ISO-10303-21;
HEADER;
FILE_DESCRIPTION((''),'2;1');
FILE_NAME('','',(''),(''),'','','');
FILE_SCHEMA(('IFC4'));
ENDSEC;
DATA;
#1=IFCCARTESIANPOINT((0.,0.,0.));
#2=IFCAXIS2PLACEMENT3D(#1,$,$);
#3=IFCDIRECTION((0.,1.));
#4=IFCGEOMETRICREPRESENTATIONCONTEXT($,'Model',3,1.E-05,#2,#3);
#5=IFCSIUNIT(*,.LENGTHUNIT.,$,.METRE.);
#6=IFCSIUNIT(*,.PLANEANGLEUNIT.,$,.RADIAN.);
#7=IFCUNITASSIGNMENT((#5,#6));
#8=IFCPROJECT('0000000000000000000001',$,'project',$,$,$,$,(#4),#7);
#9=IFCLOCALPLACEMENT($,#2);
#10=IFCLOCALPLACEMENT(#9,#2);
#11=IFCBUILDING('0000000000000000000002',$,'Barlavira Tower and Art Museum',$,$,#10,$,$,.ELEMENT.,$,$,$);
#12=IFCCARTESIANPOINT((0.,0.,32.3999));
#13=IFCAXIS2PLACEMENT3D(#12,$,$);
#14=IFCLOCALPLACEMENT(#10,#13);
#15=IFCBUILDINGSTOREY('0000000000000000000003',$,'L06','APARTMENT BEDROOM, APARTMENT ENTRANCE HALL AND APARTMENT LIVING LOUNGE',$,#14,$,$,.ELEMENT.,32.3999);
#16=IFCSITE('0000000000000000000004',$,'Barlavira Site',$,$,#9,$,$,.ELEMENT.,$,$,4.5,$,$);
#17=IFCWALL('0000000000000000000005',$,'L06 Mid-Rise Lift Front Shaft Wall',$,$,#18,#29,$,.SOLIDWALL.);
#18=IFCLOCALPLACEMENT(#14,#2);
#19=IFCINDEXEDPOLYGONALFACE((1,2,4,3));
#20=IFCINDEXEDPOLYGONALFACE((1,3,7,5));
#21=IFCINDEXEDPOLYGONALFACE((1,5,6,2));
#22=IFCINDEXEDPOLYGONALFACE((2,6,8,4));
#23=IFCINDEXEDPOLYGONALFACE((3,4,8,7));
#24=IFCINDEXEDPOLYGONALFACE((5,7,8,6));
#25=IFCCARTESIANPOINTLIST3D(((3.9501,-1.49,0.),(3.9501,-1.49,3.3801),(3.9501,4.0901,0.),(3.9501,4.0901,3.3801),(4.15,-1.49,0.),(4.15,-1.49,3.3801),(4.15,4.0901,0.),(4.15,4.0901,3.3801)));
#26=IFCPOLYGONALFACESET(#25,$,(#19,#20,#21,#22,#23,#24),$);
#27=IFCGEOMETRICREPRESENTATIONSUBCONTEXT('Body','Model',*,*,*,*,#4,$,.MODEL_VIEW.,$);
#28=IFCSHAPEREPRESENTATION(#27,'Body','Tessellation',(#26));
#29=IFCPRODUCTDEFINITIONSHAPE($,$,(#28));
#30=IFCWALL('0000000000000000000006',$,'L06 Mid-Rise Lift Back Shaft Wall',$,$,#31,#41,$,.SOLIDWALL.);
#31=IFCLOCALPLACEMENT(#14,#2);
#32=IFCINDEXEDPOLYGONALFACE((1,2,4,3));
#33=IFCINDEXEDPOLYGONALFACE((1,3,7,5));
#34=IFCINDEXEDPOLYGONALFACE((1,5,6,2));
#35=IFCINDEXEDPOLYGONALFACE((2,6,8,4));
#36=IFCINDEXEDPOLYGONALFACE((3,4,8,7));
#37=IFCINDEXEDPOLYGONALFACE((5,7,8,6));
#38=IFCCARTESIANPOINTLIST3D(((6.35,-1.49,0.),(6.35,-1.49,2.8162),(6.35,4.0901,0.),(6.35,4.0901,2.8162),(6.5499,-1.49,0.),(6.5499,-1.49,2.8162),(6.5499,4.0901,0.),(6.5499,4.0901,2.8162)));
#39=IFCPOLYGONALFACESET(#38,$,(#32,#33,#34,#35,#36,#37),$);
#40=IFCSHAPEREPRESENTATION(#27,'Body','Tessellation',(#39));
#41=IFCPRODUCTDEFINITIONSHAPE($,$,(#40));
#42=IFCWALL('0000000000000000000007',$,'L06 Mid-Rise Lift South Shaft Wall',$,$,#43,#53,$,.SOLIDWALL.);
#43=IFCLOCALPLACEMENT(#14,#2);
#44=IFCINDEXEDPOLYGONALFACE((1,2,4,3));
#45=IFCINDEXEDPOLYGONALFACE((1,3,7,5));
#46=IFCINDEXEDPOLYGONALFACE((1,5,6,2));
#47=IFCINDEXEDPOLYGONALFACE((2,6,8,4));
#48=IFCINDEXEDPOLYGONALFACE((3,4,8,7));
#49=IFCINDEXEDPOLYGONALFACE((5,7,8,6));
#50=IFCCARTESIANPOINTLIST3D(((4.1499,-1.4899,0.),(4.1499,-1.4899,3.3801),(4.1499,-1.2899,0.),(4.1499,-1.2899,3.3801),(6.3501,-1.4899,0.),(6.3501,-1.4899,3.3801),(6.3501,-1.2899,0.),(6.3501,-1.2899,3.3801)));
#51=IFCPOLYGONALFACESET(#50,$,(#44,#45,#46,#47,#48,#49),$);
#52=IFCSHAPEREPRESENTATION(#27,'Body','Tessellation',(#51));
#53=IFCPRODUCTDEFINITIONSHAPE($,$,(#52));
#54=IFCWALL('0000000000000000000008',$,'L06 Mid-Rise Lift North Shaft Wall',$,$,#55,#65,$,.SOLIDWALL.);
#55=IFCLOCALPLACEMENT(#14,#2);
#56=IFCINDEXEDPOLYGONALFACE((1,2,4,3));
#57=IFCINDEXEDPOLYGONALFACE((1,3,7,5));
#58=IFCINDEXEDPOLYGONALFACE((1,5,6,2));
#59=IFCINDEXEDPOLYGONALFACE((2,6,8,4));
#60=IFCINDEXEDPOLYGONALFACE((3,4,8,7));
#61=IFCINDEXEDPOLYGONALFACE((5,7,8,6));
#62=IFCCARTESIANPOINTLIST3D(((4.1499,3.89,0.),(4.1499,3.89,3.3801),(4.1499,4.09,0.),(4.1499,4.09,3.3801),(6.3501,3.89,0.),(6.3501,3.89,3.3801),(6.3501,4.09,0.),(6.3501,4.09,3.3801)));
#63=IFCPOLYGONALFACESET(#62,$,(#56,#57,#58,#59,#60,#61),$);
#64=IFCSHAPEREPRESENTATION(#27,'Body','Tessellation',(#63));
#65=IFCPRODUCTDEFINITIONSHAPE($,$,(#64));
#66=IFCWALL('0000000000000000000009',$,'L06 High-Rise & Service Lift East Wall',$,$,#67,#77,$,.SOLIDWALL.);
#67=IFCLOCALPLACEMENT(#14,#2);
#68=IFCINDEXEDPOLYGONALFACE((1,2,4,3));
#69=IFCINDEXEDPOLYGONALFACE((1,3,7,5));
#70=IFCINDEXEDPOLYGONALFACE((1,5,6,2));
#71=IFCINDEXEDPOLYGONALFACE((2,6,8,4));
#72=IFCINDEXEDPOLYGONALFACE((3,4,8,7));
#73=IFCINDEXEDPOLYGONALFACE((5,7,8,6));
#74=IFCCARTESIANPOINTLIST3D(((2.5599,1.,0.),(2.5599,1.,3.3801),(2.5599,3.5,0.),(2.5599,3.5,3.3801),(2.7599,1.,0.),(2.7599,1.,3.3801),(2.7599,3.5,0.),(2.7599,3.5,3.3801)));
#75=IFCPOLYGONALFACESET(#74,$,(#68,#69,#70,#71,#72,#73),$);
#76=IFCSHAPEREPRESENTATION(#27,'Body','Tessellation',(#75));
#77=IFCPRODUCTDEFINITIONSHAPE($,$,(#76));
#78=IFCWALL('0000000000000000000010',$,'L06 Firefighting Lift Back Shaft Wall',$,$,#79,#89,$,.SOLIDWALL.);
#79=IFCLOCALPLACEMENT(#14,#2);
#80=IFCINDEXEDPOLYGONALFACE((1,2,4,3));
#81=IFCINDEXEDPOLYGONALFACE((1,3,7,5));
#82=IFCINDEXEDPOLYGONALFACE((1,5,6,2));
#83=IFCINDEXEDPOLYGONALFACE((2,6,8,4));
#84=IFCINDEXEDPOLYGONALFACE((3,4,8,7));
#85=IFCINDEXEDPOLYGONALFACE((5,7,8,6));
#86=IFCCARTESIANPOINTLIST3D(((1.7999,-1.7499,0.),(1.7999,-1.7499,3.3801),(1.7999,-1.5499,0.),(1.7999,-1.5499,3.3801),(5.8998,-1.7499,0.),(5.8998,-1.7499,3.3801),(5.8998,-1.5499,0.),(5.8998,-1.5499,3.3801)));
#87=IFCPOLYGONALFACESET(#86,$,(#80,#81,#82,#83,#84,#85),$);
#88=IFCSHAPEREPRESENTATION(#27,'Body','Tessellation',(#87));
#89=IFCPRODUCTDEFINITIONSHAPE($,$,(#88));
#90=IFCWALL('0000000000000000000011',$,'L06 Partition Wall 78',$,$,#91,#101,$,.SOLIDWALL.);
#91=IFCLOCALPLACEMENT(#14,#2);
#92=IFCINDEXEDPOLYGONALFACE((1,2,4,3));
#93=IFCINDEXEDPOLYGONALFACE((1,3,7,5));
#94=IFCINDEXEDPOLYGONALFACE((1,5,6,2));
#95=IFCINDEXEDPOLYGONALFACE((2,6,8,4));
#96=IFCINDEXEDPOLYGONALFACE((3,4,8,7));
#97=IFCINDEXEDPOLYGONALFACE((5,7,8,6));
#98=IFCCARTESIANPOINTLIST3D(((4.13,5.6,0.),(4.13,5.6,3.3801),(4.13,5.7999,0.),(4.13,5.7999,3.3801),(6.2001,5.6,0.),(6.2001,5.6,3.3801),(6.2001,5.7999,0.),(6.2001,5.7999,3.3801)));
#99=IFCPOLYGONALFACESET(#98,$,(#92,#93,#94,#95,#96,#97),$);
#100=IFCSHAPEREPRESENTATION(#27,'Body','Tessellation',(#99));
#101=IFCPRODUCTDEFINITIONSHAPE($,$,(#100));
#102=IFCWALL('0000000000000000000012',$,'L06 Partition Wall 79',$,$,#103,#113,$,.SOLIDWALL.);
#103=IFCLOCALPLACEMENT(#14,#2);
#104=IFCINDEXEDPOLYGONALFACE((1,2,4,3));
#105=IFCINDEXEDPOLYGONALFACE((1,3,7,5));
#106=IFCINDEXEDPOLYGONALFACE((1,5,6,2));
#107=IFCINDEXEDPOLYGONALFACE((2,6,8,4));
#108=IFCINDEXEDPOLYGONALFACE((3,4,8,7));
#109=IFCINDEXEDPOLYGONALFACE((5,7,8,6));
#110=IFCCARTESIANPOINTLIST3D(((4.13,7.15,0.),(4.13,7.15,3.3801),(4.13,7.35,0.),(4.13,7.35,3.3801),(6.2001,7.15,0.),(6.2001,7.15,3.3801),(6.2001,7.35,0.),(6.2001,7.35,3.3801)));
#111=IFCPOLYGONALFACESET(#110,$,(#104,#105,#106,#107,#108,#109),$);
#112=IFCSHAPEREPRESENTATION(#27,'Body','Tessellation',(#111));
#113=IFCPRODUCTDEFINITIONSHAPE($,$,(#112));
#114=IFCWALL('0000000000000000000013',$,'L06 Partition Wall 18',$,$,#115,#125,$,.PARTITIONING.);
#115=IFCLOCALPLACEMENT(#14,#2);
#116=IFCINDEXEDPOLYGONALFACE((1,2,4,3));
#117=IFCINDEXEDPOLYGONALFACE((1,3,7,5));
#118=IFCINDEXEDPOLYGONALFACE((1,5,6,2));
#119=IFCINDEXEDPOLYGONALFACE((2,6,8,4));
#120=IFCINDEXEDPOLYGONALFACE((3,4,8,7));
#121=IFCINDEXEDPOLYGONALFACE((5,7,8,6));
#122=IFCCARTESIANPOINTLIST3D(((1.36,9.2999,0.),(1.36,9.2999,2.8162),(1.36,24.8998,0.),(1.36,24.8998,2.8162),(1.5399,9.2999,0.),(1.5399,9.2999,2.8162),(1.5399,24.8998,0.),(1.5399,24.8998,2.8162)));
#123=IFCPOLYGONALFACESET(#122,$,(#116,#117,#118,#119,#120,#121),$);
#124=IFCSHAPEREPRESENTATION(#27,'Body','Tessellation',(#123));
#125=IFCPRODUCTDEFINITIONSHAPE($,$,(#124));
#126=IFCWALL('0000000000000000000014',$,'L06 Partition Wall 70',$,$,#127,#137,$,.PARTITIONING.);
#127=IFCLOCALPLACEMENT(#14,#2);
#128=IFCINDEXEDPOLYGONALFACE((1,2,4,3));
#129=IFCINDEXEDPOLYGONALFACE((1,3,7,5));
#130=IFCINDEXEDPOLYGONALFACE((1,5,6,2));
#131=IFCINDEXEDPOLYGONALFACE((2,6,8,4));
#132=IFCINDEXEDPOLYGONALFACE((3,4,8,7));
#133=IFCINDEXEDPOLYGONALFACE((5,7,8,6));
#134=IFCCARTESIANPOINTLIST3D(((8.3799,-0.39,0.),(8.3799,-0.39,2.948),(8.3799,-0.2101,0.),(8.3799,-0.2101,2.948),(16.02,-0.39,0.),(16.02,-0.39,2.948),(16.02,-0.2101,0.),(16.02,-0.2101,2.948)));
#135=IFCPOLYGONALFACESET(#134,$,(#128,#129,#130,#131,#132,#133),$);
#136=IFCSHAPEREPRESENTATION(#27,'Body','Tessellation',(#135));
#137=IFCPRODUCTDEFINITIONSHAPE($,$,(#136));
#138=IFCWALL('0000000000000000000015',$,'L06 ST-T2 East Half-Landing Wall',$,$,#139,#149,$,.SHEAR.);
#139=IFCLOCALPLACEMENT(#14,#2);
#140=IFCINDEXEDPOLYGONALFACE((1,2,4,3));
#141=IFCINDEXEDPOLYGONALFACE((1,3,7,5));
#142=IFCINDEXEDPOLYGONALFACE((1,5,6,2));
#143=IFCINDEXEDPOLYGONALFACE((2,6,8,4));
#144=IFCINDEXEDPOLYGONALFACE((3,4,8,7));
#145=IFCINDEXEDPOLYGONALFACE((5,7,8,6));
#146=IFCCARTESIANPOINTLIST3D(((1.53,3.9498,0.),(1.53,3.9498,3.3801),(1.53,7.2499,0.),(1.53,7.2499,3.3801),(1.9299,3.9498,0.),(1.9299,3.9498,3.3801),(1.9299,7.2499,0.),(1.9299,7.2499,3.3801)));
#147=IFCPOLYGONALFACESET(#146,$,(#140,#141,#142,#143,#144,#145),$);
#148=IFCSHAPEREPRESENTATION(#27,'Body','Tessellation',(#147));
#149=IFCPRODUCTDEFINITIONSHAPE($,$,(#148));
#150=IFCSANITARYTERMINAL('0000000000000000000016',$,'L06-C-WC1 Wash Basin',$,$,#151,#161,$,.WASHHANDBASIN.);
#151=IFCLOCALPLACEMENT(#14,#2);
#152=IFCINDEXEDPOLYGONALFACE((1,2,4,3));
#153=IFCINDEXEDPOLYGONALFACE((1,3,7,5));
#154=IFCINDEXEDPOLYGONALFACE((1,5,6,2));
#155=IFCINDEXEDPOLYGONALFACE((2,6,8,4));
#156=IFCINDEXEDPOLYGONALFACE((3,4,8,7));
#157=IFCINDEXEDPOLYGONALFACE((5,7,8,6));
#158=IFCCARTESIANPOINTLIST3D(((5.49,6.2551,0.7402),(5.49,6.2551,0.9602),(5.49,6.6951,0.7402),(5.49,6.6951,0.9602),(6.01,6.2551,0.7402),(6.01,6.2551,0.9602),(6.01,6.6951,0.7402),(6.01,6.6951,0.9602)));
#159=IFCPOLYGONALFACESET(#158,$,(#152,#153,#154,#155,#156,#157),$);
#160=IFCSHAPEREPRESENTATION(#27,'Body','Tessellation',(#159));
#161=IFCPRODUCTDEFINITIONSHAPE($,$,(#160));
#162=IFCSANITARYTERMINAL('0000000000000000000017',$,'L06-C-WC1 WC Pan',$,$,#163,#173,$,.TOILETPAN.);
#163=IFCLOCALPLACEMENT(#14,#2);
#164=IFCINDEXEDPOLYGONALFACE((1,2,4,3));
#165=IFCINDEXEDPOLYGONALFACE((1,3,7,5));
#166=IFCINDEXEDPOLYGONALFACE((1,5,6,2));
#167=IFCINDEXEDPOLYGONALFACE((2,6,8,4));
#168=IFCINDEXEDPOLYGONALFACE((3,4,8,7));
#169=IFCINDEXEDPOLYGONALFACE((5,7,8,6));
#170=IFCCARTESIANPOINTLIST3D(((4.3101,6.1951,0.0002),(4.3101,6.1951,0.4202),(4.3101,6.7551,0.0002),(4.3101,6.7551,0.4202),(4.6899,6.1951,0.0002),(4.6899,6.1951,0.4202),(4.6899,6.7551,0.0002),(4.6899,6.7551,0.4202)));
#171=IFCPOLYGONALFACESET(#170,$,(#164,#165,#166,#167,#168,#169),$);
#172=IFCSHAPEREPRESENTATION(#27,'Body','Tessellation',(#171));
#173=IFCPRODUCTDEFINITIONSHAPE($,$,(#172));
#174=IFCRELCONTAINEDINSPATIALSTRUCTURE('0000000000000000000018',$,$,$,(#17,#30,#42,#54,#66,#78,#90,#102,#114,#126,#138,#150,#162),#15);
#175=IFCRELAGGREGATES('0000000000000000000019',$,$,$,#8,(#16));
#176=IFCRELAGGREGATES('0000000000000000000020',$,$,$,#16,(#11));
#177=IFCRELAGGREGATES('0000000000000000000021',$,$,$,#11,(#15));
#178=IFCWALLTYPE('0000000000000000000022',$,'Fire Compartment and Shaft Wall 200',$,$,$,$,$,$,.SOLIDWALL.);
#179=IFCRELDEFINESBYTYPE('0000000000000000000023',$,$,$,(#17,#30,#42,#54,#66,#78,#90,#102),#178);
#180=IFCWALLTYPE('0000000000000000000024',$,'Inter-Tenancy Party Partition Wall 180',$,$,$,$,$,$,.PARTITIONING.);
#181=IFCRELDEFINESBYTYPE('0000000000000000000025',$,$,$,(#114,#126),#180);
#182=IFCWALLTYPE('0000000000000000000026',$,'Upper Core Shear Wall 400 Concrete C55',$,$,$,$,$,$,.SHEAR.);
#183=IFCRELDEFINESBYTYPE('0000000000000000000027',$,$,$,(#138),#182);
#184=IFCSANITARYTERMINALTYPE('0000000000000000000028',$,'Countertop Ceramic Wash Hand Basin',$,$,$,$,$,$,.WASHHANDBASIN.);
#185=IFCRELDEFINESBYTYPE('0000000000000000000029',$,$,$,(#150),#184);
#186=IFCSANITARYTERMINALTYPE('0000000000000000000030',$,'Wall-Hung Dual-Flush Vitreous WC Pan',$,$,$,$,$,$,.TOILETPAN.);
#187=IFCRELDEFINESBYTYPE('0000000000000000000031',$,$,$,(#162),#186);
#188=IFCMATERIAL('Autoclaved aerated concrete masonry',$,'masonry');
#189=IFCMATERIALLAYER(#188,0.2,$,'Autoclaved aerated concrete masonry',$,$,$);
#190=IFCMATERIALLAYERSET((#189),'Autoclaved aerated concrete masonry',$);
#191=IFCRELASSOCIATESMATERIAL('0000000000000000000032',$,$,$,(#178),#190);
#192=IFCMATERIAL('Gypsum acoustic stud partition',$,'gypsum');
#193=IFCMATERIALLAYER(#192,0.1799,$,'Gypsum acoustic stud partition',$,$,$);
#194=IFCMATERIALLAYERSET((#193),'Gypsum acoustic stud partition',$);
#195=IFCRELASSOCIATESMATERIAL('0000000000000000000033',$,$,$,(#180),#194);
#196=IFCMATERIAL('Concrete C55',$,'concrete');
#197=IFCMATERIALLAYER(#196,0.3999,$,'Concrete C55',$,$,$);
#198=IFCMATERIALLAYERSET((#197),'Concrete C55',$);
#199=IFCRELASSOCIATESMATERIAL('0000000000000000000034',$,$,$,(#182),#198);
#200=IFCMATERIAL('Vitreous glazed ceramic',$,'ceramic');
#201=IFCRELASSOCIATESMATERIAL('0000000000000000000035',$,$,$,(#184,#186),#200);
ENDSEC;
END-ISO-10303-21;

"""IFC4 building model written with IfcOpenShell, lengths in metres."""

from ifc_helpers import new_model, si_unit, direction, frame, frame_2d, origin, origin_2d, place, context, subcontext, project, spatial, rectangle, extrude, material, layer, layer_set, type_object, element, save


model = new_model("IFC4")

# Units and contexts
model_context = context("Model", 3, precision=1e-05, world=origin(), true_north=direction((0.0, 1.0)))
body_context = subcontext(model_context, "Body", "Model", "MODEL_VIEW")
ifc_project = project(units=[si_unit("LENGTHUNIT", "METRE"), si_unit("PLANEANGLEUNIT", "RADIAN")], contexts=[model_context])

# Site, building, storey
site_placement = place(None, origin())
site = spatial("IfcSite", under=ifc_project, at=site_placement, Name="Barlavira Site", CompositionType="ELEMENT", RefElevation=4.5)
building_placement = place(site_placement, origin())
building = spatial("IfcBuilding", under=site, at=building_placement, Name="Barlavira Tower and Art Museum", CompositionType="ELEMENT")
storey_placement = place(building_placement, frame((0.0, 0.0, 32.3999)))
storey = spatial("IfcBuildingStorey", under=building, at=storey_placement, Name="L06", Description="APARTMENT BEDROOM, APARTMENT ENTRANCE HALL AND APARTMENT LIVING LOUNGE", CompositionType="ELEMENT", Elevation=32.3999)

# Walls
ifc_material_1 = material(Name="Autoclaved aerated concrete masonry", Category="masonry")
ifc_layer_1 = layer(ifc_material_1, 0.2, Name="Autoclaved aerated concrete masonry")
ifc_layer_set_1 = layer_set([ifc_layer_1], Name="Autoclaved aerated concrete masonry")
wall_type_1 = type_object("IfcWallType", Name="Fire Compartment and Shaft Wall 200", PredefinedType="SOLIDWALL", material=ifc_layer_set_1)
wall_1_placement = place(storey_placement, frame((4.05, -1.49, 0.0), z_axis=(0.0, 0.0, 1.0), x_axis=(0.0, 1.0, 0.0)))
element("IfcWall", 1, at=wall_1_placement, inside=storey, type_object=wall_type_1, Name="L06 Mid-Rise Lift Front Shaft Wall", PredefinedType="SOLIDWALL", context=body_context, shape_type="SweptSolid", body=[
    extrude(rectangle(XDim=5.5801, YDim=0.2, at=frame_2d((2.79, 0.0))), origin(), (0.0, 0.0, 1.0), 3.3801),
])
wall_2_placement = place(storey_placement, frame((6.45, -1.49, 0.0), z_axis=(0.0, 0.0, 1.0), x_axis=(0.0, 1.0, 0.0)))
element("IfcWall", 2, at=wall_2_placement, inside=storey, type_object=wall_type_1, Name="L06 Mid-Rise Lift Back Shaft Wall", PredefinedType="SOLIDWALL", context=body_context, shape_type="SweptSolid", body=[
    extrude(rectangle(XDim=5.5801, YDim=0.2, at=frame_2d((2.79, 0.0))), origin(), (0.0, 0.0, 1.0), 2.8162),
])
for number, where, z_axis, x_axis, name in (
    (3, (4.1499, -1.3899, 0.0), (0.0, 0.0, 1.0), (1.0, 0.0, 0.0), "L06 Mid-Rise Lift South Shaft Wall"),
    (4, (4.1499, 3.99, 0.0), (0.0, 0.0, 1.0), (1.0, 0.0, 0.0), "L06 Mid-Rise Lift North Shaft Wall"),
):
    element("IfcWall", number, at=place(storey_placement, frame(where, z_axis=z_axis, x_axis=x_axis)), inside=storey, type_object=wall_type_1, Name=name, PredefinedType="SOLIDWALL", context=body_context, shape_type="SweptSolid", body=[
        extrude(rectangle(XDim=2.2002, YDim=0.2, at=frame_2d((1.1001, 0.0))), origin(), (0.0, 0.0, 1.0), 3.3801),
    ])
wall_3_placement = place(storey_placement, frame((2.6599, 1.0, 0.0), z_axis=(0.0, 0.0, 1.0), x_axis=(0.0, 1.0, 0.0)))
element("IfcWall", 5, at=wall_3_placement, inside=storey, type_object=wall_type_1, Name="L06 High-Rise & Service Lift East Wall", PredefinedType="SOLIDWALL", context=body_context, shape_type="SweptSolid", body=[
    extrude(rectangle(XDim=2.5, YDim=0.2, at=frame_2d((1.25, 0.0))), origin(), (0.0, 0.0, 1.0), 3.3801),
])
wall_4_placement = place(storey_placement, frame((1.8, -1.6499, 0.0), z_axis=(0.0, 0.0, 1.0), x_axis=(1.0, 0.0, 0.0)))
element("IfcWall", 6, at=wall_4_placement, inside=storey, type_object=wall_type_1, Name="L06 Firefighting Lift Back Shaft Wall", PredefinedType="SOLIDWALL", context=body_context, shape_type="SweptSolid", body=[
    extrude(rectangle(XDim=4.0999, YDim=0.2, at=frame_2d((2.0498, 0.0))), origin(), (0.0, 0.0, 1.0), 3.3801),
])

# Walls
for number, where, z_axis, x_axis, name in (
    (7, (4.1299, 5.7, 0.0), (0.0, 0.0, 1.0), (1.0, 0.0, 0.0), "L06 Partition Wall 78"),
    (8, (4.1299, 7.25, 0.0), (0.0, 0.0, 1.0), (1.0, 0.0, 0.0), "L06 Partition Wall 79"),
):
    element("IfcWall", number, at=place(storey_placement, frame(where, z_axis=z_axis, x_axis=x_axis)), inside=storey, type_object=wall_type_1, Name=name, PredefinedType="SOLIDWALL", context=body_context, shape_type="SweptSolid", body=[
        extrude(rectangle(XDim=2.0701, YDim=0.2, at=frame_2d((1.0352, 0.0))), origin(), (0.0, 0.0, 1.0), 3.3801),
    ])
ifc_material_2 = material(Name="Gypsum acoustic stud partition", Category="gypsum")
ifc_layer_2 = layer(ifc_material_2, 0.1799, Name="Gypsum acoustic stud partition")
ifc_layer_set_2 = layer_set([ifc_layer_2], Name="Gypsum acoustic stud partition")
wall_type_2 = type_object("IfcWallType", Name="Inter-Tenancy Party Partition Wall 180", PredefinedType="PARTITIONING", material=ifc_layer_set_2)
wall_5_placement = place(storey_placement, frame((1.45, 9.3, 0.0), z_axis=(0.0, 0.0, 1.0), x_axis=(0.0, 1.0, 0.0)))
element("IfcWall", 9, at=wall_5_placement, inside=storey, type_object=wall_type_2, Name="L06 Partition Wall 18", PredefinedType="PARTITIONING", context=body_context, shape_type="SweptSolid", body=[
    extrude(rectangle(XDim=15.5999, YDim=0.1799, at=frame_2d((7.7998, 0.0))), origin(), (0.0, 0.0, 1.0), 2.8162),
])
wall_6_placement = place(storey_placement, frame((8.3799, -0.3, 0.0), z_axis=(0.0, 0.0, 1.0), x_axis=(1.0, 0.0, 0.0)))
element("IfcWall", 10, at=wall_6_placement, inside=storey, type_object=wall_type_2, Name="L06 Partition Wall 70", PredefinedType="PARTITIONING", context=body_context, shape_type="SweptSolid", body=[
    extrude(rectangle(XDim=7.6401, YDim=0.1799, at=frame_2d((3.8201, 0.0))), origin(), (0.0, 0.0, 1.0), 2.948),
])
ifc_material_3 = material(Name="Concrete C55", Category="concrete")
ifc_layer_3 = layer(ifc_material_3, 0.3999, Name="Concrete C55")
ifc_layer_set_3 = layer_set([ifc_layer_3], Name="Concrete C55")
wall_type_3 = type_object("IfcWallType", Name="Upper Core Shear Wall 400 Concrete C55", PredefinedType="SHEAR", material=ifc_layer_set_3)
wall_7_placement = place(storey_placement, frame((1.73, 3.95, 0.0), z_axis=(0.0, 0.0, 1.0), x_axis=(0.0, 1.0, 0.0)))
element("IfcWall", 11, at=wall_7_placement, inside=storey, type_object=wall_type_3, Name="L06 ST-T2 East Half-Landing Wall", PredefinedType="SHEAR", context=body_context, shape_type="SweptSolid", body=[
    extrude(rectangle(XDim=3.3, YDim=0.3999, at=frame_2d((1.6499, 0.0))), origin(), (0.0, 0.0, 1.0), 3.3801),
])

# Sanitary terminals
ifc_material_4 = material(Name="Vitreous glazed ceramic", Category="ceramic")
sanitary_terminal_type_1 = type_object("IfcSanitaryTerminalType", Name="Countertop Ceramic Wash Hand Basin", PredefinedType="WASHHANDBASIN", material=ifc_material_4)
sanitary_terminal_1_placement = place(storey_placement, frame((5.75, 6.4751, 0.7402), z_axis=(0.0, 0.0, 1.0), x_axis=(1.0, 0.0, 0.0)))
element("IfcSanitaryTerminal", 12, at=sanitary_terminal_1_placement, inside=storey, type_object=sanitary_terminal_type_1, Name="L06-C-WC1 Wash Basin", PredefinedType="WASHHANDBASIN", context=body_context, shape_type="SweptSolid", body=[
    extrude(rectangle(XDim=0.52, YDim=0.4399, at=origin_2d()), origin(), (0.0, 0.0, 1.0), 0.22),
])
sanitary_terminal_type_2 = type_object("IfcSanitaryTerminalType", Name="Wall-Hung Dual-Flush Vitreous WC Pan", PredefinedType="TOILETPAN", material=ifc_material_4)
sanitary_terminal_2_placement = place(storey_placement, frame((4.5, 6.4751, 0.0002), z_axis=(0.0, 0.0, 1.0), x_axis=(1.0, 0.0, 0.0)))
element("IfcSanitaryTerminal", 13, at=sanitary_terminal_2_placement, inside=storey, type_object=sanitary_terminal_type_2, Name="L06-C-WC1 WC Pan", PredefinedType="TOILETPAN", context=body_context, shape_type="SweptSolid", body=[
    extrude(rectangle(XDim=0.3799, YDim=0.5601, at=origin_2d()), origin(), (0.0, 0.0, 1.0), 0.4199),
])

save(model, "model.ifc")
